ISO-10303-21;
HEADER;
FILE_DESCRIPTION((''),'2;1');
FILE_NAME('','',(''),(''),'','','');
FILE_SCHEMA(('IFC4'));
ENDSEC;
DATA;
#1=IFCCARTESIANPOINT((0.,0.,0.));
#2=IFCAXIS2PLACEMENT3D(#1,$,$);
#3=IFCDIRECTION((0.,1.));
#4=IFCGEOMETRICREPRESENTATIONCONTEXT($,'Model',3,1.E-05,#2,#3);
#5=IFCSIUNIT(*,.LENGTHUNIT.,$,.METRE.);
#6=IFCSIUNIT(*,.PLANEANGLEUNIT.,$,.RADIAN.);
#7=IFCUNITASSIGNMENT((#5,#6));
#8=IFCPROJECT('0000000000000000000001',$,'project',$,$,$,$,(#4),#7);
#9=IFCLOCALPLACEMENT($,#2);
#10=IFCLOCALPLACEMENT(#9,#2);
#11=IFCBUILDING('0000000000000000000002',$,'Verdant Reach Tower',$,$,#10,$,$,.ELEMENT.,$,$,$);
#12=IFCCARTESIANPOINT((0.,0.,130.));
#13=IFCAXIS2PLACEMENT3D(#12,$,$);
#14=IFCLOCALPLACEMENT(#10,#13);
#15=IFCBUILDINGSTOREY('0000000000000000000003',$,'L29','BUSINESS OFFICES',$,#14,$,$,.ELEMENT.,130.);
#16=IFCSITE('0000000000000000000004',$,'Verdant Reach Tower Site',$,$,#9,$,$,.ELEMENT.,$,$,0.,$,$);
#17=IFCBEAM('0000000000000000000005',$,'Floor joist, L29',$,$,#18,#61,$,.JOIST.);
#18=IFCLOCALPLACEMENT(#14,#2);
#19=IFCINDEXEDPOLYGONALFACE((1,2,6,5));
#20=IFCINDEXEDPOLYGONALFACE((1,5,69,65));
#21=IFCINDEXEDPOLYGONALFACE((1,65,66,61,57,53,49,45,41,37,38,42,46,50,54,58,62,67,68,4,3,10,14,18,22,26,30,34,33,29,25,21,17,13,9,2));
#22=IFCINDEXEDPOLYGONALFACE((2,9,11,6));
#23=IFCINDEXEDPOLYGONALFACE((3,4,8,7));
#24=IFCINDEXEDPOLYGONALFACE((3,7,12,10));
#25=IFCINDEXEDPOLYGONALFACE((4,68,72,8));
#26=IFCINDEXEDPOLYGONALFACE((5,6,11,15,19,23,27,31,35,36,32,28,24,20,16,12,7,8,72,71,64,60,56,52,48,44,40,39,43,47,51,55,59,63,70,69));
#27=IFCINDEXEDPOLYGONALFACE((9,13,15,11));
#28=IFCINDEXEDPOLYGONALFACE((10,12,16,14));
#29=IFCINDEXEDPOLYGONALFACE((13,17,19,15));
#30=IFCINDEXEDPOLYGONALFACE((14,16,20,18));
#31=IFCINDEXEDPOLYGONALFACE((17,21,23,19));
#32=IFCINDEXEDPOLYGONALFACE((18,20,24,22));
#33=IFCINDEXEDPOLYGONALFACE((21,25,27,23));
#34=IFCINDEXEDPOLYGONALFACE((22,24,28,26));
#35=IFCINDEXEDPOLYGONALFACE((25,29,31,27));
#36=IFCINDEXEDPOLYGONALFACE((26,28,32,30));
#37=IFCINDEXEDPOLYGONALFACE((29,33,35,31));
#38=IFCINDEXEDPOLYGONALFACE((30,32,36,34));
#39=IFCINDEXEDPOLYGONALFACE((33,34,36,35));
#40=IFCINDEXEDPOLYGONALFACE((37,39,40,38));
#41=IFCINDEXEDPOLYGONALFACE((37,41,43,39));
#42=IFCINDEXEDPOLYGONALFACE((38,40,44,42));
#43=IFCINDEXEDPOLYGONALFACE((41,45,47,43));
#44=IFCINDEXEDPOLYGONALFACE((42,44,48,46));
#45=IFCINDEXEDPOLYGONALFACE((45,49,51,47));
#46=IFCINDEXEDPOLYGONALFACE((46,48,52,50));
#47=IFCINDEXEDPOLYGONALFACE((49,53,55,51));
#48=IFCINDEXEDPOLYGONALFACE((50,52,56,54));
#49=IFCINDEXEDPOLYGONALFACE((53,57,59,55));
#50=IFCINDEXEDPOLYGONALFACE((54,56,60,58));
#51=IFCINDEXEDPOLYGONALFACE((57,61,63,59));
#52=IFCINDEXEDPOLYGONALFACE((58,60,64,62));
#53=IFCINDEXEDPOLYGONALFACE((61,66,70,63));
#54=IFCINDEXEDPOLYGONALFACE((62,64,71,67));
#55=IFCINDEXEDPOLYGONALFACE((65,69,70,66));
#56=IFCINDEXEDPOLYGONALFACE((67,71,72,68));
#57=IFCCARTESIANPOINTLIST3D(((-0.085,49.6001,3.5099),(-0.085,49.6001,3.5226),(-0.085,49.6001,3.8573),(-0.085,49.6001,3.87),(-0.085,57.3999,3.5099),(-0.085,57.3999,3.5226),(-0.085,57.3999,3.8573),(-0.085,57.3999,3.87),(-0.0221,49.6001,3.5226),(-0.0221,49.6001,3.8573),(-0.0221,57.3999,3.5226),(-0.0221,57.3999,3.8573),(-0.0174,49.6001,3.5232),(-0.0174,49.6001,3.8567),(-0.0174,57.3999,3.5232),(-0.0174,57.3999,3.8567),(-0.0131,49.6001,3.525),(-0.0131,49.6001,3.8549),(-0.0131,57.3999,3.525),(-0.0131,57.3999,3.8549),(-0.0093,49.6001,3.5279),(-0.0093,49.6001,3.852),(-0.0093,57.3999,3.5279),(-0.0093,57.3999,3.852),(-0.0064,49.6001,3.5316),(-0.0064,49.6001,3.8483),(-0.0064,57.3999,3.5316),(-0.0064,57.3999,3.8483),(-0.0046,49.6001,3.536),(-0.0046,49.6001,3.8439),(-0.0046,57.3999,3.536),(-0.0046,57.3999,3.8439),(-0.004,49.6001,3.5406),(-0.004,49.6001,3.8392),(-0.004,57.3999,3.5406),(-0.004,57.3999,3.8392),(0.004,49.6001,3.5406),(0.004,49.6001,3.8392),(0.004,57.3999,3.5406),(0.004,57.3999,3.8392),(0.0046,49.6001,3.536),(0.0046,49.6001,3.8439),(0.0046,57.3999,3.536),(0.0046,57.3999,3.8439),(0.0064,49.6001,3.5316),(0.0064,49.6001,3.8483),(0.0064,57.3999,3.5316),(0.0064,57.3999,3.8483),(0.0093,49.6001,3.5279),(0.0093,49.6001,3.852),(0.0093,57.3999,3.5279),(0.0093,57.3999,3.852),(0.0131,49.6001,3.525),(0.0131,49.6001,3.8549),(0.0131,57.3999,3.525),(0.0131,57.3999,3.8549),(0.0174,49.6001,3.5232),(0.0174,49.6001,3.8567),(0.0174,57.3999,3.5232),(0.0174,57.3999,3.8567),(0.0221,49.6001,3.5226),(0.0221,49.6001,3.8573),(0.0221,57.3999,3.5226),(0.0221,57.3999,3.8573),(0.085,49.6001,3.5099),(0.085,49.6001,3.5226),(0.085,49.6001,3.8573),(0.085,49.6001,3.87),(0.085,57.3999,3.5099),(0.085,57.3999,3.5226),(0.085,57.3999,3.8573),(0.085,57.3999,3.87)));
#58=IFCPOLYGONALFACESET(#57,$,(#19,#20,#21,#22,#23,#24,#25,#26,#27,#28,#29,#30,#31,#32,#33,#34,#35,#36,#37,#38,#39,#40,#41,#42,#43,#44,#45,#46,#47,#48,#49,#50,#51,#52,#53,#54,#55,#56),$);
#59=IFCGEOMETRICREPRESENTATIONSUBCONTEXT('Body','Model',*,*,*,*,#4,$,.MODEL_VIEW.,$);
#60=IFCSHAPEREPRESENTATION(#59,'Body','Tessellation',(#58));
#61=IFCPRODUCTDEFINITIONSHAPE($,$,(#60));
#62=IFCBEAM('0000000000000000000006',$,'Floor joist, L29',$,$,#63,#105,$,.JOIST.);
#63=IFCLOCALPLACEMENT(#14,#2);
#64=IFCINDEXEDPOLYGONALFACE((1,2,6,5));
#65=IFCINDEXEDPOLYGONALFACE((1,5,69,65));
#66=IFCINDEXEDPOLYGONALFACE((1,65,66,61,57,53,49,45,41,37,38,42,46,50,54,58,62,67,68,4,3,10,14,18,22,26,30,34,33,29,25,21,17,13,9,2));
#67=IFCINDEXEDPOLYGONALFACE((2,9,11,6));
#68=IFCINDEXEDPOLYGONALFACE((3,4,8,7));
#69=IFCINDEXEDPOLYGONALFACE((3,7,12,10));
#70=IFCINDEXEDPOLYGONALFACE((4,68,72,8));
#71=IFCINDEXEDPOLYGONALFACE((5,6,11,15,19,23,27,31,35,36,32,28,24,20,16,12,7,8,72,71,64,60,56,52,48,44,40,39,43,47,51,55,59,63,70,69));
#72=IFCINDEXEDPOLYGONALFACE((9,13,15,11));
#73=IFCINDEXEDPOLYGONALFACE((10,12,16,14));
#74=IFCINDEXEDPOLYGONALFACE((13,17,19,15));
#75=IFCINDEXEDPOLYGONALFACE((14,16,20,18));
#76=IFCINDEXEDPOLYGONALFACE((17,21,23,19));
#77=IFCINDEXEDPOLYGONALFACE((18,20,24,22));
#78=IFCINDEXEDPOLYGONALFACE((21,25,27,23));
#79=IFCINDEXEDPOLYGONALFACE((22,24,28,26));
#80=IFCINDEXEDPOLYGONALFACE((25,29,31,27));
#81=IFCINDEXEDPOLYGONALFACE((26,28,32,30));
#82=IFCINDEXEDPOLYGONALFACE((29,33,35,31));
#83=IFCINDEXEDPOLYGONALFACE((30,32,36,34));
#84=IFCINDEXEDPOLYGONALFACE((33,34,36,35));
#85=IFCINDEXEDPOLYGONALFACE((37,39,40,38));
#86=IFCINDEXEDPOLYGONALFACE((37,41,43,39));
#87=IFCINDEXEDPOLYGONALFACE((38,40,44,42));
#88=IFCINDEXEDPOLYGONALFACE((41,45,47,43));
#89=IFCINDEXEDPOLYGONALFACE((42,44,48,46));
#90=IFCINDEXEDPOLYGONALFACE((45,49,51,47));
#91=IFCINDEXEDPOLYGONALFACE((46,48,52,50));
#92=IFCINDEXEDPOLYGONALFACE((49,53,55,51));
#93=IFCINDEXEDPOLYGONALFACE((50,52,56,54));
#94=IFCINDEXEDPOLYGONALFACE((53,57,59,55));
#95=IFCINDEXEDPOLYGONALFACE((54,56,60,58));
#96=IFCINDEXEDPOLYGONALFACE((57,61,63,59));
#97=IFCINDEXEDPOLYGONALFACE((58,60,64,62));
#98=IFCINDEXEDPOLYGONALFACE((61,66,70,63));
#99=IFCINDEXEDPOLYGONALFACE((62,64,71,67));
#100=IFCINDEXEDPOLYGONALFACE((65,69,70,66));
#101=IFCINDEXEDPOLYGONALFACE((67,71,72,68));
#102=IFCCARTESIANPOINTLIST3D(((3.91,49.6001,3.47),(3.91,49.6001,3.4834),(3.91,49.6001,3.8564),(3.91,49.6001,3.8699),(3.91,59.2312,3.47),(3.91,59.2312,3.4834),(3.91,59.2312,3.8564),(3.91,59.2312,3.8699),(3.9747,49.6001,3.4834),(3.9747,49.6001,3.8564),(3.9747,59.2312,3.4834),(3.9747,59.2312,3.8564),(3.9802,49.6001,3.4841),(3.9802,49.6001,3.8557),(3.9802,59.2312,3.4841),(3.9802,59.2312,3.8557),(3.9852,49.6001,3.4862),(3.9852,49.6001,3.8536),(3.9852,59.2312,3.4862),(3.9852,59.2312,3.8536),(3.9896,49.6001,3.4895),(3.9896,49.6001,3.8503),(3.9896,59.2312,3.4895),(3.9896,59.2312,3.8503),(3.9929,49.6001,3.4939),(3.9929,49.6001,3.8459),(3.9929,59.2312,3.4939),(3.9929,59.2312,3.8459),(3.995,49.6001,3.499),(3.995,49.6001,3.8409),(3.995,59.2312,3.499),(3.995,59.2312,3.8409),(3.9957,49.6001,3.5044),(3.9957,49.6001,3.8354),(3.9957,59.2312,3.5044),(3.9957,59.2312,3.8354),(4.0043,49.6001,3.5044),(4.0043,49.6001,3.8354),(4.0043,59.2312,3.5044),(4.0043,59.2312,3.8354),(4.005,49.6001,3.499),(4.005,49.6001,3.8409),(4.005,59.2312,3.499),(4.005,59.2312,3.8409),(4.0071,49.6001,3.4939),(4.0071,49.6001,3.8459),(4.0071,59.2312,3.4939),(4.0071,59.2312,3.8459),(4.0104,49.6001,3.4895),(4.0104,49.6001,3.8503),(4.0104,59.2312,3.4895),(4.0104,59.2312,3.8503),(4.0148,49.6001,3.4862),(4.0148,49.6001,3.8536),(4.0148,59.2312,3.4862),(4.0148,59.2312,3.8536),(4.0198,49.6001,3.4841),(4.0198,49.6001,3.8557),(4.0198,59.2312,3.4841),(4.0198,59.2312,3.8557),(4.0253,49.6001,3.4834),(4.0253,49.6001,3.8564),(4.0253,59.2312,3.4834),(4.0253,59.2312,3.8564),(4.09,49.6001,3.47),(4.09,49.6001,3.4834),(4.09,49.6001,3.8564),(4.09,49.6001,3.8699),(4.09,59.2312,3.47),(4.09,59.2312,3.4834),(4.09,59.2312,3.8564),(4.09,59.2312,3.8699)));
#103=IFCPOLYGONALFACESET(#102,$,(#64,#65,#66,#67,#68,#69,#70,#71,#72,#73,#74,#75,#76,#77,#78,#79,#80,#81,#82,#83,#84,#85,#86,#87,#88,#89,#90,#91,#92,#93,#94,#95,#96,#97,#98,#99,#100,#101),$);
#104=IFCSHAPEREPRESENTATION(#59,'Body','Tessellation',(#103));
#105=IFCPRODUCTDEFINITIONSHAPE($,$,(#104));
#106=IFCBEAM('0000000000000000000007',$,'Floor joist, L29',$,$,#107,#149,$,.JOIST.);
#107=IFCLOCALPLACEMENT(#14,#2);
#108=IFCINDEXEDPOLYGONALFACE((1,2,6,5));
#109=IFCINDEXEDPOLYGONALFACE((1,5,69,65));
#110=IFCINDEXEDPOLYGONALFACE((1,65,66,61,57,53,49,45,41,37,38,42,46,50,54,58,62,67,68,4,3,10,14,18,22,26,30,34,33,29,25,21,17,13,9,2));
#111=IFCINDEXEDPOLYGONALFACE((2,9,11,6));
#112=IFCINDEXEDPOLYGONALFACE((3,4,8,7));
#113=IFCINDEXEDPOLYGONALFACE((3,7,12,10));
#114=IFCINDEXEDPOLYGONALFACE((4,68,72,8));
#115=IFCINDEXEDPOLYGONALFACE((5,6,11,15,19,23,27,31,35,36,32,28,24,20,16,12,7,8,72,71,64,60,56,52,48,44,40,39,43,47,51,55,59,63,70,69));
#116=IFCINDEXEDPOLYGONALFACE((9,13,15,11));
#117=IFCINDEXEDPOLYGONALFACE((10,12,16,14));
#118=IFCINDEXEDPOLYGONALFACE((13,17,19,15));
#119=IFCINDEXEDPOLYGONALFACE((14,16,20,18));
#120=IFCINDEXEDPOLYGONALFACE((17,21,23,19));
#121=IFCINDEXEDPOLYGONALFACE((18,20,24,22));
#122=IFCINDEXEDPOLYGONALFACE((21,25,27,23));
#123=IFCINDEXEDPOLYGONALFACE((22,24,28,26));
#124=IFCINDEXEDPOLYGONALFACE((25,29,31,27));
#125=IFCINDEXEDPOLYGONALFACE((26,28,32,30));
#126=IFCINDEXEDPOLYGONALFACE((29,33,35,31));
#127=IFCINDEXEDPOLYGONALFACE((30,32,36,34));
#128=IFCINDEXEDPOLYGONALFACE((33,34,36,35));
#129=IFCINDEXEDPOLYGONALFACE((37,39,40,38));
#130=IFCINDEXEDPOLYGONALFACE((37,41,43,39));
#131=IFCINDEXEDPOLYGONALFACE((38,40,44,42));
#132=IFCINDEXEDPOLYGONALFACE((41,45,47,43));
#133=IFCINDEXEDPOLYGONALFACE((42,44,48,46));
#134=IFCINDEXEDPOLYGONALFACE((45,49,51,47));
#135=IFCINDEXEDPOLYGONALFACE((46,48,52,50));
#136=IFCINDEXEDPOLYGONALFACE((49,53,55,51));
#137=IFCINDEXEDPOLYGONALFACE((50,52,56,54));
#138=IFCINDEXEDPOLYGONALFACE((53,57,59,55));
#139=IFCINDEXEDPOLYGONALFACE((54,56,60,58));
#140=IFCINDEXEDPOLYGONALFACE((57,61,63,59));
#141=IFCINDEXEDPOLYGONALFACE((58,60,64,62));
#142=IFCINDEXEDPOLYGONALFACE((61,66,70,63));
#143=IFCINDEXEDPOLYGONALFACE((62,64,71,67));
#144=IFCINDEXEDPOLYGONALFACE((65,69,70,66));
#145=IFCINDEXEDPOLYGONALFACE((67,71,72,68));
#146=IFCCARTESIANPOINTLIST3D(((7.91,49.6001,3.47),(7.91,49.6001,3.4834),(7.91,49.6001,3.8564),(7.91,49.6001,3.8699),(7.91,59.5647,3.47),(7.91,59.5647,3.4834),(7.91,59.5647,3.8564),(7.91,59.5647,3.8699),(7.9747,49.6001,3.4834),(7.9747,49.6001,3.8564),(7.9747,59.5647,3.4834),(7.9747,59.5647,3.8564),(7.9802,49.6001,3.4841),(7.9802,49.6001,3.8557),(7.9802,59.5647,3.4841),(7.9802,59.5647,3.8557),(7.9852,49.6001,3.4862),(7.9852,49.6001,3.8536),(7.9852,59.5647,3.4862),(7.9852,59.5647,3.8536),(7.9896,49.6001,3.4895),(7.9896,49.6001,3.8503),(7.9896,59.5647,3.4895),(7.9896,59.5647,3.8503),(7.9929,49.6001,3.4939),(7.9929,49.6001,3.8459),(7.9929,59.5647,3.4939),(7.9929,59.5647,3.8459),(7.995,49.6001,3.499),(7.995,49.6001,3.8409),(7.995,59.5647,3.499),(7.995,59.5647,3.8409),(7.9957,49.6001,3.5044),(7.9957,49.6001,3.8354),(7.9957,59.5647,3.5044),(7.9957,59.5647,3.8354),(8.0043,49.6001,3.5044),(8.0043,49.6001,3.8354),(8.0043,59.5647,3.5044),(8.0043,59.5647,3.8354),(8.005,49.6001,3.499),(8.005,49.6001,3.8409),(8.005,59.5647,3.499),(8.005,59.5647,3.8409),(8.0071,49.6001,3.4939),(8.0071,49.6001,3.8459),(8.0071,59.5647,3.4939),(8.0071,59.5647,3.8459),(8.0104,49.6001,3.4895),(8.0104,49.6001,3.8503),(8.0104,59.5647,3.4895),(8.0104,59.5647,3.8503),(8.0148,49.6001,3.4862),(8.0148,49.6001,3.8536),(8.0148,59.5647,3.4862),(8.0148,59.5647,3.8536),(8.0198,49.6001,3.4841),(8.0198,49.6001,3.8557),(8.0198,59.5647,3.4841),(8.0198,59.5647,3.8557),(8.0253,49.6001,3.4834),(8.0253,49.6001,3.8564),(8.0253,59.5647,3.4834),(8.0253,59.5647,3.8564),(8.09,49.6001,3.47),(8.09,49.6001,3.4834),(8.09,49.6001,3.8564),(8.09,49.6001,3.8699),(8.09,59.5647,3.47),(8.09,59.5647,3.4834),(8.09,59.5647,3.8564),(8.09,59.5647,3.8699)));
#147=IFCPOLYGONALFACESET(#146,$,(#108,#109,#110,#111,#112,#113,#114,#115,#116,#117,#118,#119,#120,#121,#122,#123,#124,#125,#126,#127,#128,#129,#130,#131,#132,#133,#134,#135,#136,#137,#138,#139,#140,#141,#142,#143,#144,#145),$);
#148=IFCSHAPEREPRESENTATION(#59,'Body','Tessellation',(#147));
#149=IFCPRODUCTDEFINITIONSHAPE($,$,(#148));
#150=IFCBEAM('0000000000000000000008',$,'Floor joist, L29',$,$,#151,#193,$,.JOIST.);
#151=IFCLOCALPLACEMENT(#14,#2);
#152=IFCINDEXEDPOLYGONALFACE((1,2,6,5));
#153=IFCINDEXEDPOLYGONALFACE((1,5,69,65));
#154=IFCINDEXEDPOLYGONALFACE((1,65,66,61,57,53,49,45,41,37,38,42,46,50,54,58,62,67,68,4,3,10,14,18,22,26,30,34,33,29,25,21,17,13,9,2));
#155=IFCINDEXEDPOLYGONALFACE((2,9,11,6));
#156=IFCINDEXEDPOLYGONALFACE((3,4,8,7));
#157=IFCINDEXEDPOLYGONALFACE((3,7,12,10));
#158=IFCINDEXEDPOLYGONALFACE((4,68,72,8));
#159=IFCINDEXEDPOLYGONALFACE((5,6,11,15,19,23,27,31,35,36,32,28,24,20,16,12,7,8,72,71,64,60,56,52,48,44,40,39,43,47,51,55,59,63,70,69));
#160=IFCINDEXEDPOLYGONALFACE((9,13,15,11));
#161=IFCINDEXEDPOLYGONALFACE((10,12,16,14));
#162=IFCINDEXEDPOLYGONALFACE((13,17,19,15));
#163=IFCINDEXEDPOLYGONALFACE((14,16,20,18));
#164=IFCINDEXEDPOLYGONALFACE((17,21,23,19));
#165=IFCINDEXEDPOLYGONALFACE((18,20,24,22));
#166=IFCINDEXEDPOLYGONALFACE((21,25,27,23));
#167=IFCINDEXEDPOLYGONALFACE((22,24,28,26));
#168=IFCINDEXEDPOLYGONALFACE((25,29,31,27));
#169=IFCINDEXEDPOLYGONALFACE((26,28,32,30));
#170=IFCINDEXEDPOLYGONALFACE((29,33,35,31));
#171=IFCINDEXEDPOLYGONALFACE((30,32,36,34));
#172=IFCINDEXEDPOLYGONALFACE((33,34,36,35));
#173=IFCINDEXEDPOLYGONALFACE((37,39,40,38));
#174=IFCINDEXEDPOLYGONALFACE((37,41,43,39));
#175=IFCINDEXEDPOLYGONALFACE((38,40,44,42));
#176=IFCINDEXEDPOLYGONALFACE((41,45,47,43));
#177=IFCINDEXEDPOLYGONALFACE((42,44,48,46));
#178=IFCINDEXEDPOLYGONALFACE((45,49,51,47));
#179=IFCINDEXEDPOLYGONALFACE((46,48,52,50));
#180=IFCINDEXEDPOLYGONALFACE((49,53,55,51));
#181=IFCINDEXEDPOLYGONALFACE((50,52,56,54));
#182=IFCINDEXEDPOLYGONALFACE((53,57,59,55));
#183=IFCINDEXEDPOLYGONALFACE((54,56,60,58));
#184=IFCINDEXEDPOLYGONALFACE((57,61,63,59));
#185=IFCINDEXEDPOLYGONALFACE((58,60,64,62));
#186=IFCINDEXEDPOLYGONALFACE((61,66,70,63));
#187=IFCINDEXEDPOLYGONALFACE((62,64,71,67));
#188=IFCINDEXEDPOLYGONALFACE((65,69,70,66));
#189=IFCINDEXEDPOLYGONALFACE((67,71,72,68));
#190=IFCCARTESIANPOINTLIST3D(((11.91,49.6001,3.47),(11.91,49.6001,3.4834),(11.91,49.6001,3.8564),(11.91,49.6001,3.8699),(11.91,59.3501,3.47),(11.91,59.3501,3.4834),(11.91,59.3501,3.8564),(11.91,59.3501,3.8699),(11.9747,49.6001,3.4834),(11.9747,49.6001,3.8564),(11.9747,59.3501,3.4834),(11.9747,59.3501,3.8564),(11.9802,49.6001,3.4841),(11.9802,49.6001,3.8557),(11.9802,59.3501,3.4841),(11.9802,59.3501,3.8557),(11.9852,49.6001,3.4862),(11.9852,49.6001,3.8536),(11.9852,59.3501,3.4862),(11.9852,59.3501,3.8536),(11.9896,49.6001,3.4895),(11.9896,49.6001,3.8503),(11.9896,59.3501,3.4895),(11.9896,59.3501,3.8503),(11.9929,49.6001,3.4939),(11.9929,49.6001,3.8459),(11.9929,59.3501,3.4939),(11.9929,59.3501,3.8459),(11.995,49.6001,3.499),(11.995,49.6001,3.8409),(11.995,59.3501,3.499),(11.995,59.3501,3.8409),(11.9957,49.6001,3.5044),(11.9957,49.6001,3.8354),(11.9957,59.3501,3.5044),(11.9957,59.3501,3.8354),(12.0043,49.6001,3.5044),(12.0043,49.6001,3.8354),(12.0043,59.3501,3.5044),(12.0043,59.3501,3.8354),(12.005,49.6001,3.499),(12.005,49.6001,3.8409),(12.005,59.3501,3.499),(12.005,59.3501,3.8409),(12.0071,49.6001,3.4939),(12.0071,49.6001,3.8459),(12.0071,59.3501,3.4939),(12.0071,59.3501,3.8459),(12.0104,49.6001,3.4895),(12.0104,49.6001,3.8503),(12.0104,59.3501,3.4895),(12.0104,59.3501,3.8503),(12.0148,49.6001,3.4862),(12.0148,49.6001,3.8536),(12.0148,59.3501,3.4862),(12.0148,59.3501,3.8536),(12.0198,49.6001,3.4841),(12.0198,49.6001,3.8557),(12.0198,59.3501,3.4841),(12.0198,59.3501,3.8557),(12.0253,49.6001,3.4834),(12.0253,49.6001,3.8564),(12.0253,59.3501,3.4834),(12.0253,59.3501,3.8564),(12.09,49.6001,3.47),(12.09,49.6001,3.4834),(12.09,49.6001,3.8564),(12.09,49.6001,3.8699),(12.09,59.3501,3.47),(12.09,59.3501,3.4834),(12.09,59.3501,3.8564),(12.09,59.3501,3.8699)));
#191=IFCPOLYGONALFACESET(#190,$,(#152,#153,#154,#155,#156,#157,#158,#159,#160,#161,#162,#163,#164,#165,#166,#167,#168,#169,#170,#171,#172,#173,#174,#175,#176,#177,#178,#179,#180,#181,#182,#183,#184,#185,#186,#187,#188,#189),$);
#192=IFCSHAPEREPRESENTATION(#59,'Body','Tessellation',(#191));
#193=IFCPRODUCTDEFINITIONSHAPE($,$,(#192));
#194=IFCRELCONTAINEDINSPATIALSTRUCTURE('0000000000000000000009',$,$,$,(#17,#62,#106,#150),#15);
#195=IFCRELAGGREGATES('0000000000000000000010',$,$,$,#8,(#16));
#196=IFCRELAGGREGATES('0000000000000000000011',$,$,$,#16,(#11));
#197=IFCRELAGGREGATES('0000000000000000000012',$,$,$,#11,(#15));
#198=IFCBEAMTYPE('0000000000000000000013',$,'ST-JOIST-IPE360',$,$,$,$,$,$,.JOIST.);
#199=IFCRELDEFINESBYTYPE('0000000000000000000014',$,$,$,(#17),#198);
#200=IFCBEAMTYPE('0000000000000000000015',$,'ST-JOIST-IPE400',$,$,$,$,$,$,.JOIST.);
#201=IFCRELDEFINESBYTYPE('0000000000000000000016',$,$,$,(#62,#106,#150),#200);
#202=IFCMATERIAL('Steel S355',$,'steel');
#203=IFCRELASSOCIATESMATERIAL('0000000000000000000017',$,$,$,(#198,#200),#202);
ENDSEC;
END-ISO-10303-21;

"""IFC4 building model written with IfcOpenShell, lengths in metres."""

from ifc_helpers import new_model, si_unit, direction, frame, origin, origin_2d, place, context, subcontext, project, spatial, i_section, extrude, material, material_profile, profile_set, type_object, element, save


model = new_model("IFC4")

# Units and contexts
model_context = context("Model", 3, precision=1e-05, world=origin(), true_north=direction((0.0, 1.0)))
body_context = subcontext(model_context, "Body", "Model", "MODEL_VIEW")
ifc_project = project(units=[si_unit("LENGTHUNIT", "METRE"), si_unit("PLANEANGLEUNIT", "RADIAN")], contexts=[model_context])

# Site, building, storey
site_placement = place(None, origin())
site = spatial("IfcSite", under=ifc_project, at=site_placement, Name="Verdant Reach Tower Site", CompositionType="ELEMENT", RefElevation=0.0)
building_placement = place(site_placement, origin())
building = spatial("IfcBuilding", under=site, at=building_placement, Name="Verdant Reach Tower", CompositionType="ELEMENT")
storey_placement = place(building_placement, frame((0.0, 0.0, 130.0)))
storey = spatial("IfcBuildingStorey", under=building, at=storey_placement, Name="L29", Description="BUSINESS OFFICES", CompositionType="ELEMENT", Elevation=130.0)

# Beams
ifc_material_1 = material(Name="Steel S355", Category="steel")
ifc_material_profile_1 = material_profile(ifc_material_1, i_section(OverallWidth=0.1699, OverallDepth=0.3601, WebThickness=0.0081, FlangeThickness=0.0127, FilletRadius=0.0181, at=origin_2d()), Name="IPE 360")
ifc_profile_set_1 = profile_set([ifc_material_profile_1], Name="Steel S355")
beam_type_1 = type_object("IfcBeamType", Name="ST-JOIST-IPE360", PredefinedType="JOIST", material=ifc_profile_set_1)
beam_1_placement = place(storey_placement, frame((0.0, 49.6001, 3.6899), z_axis=(0.0, 1.0, 0.0), x_axis=(-1.0, 0.0, 0.0)))
element("IfcBeam", 1, at=beam_1_placement, inside=storey, type_object=beam_type_1, Name="Floor joist, L29", PredefinedType="JOIST", context=body_context, shape_type="SweptSolid", body=[
    extrude(i_section(OverallWidth=0.1699, OverallDepth=0.3601, WebThickness=0.0081, FlangeThickness=0.0127, FilletRadius=0.0181, at=origin_2d()), origin(), (0.0, 0.0, 1.0), 7.7998),
])
ifc_material_profile_2 = material_profile(ifc_material_1, i_section(OverallWidth=0.1799, OverallDepth=0.3999, WebThickness=0.0085, FlangeThickness=0.0134, FilletRadius=0.021, at=origin_2d()), Name="IPE 400")
ifc_profile_set_2 = profile_set([ifc_material_profile_2], Name="Steel S355")
beam_type_2 = type_object("IfcBeamType", Name="ST-JOIST-IPE400", PredefinedType="JOIST", material=ifc_profile_set_2)
beam_2_placement = place(storey_placement, frame((4.0, 49.6001, 3.6699), z_axis=(0.0, 1.0, 0.0), x_axis=(-1.0, 0.0, 0.0)))
element("IfcBeam", 2, at=beam_2_placement, inside=storey, type_object=beam_type_2, Name="Floor joist, L29", PredefinedType="JOIST", context=body_context, shape_type="SweptSolid", body=[
    extrude(i_section(OverallWidth=0.1799, OverallDepth=0.3999, WebThickness=0.0085, FlangeThickness=0.0134, FilletRadius=0.021, at=origin_2d()), origin(), (0.0, 0.0, 1.0), 9.6311),
])
beam_3_placement = place(storey_placement, frame((8.0, 49.6001, 3.6699), z_axis=(0.0, 1.0, 0.0), x_axis=(-1.0, 0.0, 0.0)))
element("IfcBeam", 3, at=beam_3_placement, inside=storey, type_object=beam_type_2, Name="Floor joist, L29", PredefinedType="JOIST", context=body_context, shape_type="SweptSolid", body=[
    extrude(i_section(OverallWidth=0.1799, OverallDepth=0.3999, WebThickness=0.0085, FlangeThickness=0.0134, FilletRadius=0.021, at=origin_2d()), origin(), (0.0, 0.0, 1.0), 9.9646),
])
beam_4_placement = place(storey_placement, frame((12.0, 49.6001, 3.6699), z_axis=(0.0, 1.0, 0.0), x_axis=(-1.0, 0.0, 0.0)))
element("IfcBeam", 4, at=beam_4_placement, inside=storey, type_object=beam_type_2, Name="Floor joist, L29", PredefinedType="JOIST", context=body_context, shape_type="SweptSolid", body=[
    extrude(i_section(OverallWidth=0.1799, OverallDepth=0.3999, WebThickness=0.0085, FlangeThickness=0.0134, FilletRadius=0.021, at=origin_2d()), origin(), (0.0, 0.0, 1.0), 9.75),
])

save(model, "model.ifc")
